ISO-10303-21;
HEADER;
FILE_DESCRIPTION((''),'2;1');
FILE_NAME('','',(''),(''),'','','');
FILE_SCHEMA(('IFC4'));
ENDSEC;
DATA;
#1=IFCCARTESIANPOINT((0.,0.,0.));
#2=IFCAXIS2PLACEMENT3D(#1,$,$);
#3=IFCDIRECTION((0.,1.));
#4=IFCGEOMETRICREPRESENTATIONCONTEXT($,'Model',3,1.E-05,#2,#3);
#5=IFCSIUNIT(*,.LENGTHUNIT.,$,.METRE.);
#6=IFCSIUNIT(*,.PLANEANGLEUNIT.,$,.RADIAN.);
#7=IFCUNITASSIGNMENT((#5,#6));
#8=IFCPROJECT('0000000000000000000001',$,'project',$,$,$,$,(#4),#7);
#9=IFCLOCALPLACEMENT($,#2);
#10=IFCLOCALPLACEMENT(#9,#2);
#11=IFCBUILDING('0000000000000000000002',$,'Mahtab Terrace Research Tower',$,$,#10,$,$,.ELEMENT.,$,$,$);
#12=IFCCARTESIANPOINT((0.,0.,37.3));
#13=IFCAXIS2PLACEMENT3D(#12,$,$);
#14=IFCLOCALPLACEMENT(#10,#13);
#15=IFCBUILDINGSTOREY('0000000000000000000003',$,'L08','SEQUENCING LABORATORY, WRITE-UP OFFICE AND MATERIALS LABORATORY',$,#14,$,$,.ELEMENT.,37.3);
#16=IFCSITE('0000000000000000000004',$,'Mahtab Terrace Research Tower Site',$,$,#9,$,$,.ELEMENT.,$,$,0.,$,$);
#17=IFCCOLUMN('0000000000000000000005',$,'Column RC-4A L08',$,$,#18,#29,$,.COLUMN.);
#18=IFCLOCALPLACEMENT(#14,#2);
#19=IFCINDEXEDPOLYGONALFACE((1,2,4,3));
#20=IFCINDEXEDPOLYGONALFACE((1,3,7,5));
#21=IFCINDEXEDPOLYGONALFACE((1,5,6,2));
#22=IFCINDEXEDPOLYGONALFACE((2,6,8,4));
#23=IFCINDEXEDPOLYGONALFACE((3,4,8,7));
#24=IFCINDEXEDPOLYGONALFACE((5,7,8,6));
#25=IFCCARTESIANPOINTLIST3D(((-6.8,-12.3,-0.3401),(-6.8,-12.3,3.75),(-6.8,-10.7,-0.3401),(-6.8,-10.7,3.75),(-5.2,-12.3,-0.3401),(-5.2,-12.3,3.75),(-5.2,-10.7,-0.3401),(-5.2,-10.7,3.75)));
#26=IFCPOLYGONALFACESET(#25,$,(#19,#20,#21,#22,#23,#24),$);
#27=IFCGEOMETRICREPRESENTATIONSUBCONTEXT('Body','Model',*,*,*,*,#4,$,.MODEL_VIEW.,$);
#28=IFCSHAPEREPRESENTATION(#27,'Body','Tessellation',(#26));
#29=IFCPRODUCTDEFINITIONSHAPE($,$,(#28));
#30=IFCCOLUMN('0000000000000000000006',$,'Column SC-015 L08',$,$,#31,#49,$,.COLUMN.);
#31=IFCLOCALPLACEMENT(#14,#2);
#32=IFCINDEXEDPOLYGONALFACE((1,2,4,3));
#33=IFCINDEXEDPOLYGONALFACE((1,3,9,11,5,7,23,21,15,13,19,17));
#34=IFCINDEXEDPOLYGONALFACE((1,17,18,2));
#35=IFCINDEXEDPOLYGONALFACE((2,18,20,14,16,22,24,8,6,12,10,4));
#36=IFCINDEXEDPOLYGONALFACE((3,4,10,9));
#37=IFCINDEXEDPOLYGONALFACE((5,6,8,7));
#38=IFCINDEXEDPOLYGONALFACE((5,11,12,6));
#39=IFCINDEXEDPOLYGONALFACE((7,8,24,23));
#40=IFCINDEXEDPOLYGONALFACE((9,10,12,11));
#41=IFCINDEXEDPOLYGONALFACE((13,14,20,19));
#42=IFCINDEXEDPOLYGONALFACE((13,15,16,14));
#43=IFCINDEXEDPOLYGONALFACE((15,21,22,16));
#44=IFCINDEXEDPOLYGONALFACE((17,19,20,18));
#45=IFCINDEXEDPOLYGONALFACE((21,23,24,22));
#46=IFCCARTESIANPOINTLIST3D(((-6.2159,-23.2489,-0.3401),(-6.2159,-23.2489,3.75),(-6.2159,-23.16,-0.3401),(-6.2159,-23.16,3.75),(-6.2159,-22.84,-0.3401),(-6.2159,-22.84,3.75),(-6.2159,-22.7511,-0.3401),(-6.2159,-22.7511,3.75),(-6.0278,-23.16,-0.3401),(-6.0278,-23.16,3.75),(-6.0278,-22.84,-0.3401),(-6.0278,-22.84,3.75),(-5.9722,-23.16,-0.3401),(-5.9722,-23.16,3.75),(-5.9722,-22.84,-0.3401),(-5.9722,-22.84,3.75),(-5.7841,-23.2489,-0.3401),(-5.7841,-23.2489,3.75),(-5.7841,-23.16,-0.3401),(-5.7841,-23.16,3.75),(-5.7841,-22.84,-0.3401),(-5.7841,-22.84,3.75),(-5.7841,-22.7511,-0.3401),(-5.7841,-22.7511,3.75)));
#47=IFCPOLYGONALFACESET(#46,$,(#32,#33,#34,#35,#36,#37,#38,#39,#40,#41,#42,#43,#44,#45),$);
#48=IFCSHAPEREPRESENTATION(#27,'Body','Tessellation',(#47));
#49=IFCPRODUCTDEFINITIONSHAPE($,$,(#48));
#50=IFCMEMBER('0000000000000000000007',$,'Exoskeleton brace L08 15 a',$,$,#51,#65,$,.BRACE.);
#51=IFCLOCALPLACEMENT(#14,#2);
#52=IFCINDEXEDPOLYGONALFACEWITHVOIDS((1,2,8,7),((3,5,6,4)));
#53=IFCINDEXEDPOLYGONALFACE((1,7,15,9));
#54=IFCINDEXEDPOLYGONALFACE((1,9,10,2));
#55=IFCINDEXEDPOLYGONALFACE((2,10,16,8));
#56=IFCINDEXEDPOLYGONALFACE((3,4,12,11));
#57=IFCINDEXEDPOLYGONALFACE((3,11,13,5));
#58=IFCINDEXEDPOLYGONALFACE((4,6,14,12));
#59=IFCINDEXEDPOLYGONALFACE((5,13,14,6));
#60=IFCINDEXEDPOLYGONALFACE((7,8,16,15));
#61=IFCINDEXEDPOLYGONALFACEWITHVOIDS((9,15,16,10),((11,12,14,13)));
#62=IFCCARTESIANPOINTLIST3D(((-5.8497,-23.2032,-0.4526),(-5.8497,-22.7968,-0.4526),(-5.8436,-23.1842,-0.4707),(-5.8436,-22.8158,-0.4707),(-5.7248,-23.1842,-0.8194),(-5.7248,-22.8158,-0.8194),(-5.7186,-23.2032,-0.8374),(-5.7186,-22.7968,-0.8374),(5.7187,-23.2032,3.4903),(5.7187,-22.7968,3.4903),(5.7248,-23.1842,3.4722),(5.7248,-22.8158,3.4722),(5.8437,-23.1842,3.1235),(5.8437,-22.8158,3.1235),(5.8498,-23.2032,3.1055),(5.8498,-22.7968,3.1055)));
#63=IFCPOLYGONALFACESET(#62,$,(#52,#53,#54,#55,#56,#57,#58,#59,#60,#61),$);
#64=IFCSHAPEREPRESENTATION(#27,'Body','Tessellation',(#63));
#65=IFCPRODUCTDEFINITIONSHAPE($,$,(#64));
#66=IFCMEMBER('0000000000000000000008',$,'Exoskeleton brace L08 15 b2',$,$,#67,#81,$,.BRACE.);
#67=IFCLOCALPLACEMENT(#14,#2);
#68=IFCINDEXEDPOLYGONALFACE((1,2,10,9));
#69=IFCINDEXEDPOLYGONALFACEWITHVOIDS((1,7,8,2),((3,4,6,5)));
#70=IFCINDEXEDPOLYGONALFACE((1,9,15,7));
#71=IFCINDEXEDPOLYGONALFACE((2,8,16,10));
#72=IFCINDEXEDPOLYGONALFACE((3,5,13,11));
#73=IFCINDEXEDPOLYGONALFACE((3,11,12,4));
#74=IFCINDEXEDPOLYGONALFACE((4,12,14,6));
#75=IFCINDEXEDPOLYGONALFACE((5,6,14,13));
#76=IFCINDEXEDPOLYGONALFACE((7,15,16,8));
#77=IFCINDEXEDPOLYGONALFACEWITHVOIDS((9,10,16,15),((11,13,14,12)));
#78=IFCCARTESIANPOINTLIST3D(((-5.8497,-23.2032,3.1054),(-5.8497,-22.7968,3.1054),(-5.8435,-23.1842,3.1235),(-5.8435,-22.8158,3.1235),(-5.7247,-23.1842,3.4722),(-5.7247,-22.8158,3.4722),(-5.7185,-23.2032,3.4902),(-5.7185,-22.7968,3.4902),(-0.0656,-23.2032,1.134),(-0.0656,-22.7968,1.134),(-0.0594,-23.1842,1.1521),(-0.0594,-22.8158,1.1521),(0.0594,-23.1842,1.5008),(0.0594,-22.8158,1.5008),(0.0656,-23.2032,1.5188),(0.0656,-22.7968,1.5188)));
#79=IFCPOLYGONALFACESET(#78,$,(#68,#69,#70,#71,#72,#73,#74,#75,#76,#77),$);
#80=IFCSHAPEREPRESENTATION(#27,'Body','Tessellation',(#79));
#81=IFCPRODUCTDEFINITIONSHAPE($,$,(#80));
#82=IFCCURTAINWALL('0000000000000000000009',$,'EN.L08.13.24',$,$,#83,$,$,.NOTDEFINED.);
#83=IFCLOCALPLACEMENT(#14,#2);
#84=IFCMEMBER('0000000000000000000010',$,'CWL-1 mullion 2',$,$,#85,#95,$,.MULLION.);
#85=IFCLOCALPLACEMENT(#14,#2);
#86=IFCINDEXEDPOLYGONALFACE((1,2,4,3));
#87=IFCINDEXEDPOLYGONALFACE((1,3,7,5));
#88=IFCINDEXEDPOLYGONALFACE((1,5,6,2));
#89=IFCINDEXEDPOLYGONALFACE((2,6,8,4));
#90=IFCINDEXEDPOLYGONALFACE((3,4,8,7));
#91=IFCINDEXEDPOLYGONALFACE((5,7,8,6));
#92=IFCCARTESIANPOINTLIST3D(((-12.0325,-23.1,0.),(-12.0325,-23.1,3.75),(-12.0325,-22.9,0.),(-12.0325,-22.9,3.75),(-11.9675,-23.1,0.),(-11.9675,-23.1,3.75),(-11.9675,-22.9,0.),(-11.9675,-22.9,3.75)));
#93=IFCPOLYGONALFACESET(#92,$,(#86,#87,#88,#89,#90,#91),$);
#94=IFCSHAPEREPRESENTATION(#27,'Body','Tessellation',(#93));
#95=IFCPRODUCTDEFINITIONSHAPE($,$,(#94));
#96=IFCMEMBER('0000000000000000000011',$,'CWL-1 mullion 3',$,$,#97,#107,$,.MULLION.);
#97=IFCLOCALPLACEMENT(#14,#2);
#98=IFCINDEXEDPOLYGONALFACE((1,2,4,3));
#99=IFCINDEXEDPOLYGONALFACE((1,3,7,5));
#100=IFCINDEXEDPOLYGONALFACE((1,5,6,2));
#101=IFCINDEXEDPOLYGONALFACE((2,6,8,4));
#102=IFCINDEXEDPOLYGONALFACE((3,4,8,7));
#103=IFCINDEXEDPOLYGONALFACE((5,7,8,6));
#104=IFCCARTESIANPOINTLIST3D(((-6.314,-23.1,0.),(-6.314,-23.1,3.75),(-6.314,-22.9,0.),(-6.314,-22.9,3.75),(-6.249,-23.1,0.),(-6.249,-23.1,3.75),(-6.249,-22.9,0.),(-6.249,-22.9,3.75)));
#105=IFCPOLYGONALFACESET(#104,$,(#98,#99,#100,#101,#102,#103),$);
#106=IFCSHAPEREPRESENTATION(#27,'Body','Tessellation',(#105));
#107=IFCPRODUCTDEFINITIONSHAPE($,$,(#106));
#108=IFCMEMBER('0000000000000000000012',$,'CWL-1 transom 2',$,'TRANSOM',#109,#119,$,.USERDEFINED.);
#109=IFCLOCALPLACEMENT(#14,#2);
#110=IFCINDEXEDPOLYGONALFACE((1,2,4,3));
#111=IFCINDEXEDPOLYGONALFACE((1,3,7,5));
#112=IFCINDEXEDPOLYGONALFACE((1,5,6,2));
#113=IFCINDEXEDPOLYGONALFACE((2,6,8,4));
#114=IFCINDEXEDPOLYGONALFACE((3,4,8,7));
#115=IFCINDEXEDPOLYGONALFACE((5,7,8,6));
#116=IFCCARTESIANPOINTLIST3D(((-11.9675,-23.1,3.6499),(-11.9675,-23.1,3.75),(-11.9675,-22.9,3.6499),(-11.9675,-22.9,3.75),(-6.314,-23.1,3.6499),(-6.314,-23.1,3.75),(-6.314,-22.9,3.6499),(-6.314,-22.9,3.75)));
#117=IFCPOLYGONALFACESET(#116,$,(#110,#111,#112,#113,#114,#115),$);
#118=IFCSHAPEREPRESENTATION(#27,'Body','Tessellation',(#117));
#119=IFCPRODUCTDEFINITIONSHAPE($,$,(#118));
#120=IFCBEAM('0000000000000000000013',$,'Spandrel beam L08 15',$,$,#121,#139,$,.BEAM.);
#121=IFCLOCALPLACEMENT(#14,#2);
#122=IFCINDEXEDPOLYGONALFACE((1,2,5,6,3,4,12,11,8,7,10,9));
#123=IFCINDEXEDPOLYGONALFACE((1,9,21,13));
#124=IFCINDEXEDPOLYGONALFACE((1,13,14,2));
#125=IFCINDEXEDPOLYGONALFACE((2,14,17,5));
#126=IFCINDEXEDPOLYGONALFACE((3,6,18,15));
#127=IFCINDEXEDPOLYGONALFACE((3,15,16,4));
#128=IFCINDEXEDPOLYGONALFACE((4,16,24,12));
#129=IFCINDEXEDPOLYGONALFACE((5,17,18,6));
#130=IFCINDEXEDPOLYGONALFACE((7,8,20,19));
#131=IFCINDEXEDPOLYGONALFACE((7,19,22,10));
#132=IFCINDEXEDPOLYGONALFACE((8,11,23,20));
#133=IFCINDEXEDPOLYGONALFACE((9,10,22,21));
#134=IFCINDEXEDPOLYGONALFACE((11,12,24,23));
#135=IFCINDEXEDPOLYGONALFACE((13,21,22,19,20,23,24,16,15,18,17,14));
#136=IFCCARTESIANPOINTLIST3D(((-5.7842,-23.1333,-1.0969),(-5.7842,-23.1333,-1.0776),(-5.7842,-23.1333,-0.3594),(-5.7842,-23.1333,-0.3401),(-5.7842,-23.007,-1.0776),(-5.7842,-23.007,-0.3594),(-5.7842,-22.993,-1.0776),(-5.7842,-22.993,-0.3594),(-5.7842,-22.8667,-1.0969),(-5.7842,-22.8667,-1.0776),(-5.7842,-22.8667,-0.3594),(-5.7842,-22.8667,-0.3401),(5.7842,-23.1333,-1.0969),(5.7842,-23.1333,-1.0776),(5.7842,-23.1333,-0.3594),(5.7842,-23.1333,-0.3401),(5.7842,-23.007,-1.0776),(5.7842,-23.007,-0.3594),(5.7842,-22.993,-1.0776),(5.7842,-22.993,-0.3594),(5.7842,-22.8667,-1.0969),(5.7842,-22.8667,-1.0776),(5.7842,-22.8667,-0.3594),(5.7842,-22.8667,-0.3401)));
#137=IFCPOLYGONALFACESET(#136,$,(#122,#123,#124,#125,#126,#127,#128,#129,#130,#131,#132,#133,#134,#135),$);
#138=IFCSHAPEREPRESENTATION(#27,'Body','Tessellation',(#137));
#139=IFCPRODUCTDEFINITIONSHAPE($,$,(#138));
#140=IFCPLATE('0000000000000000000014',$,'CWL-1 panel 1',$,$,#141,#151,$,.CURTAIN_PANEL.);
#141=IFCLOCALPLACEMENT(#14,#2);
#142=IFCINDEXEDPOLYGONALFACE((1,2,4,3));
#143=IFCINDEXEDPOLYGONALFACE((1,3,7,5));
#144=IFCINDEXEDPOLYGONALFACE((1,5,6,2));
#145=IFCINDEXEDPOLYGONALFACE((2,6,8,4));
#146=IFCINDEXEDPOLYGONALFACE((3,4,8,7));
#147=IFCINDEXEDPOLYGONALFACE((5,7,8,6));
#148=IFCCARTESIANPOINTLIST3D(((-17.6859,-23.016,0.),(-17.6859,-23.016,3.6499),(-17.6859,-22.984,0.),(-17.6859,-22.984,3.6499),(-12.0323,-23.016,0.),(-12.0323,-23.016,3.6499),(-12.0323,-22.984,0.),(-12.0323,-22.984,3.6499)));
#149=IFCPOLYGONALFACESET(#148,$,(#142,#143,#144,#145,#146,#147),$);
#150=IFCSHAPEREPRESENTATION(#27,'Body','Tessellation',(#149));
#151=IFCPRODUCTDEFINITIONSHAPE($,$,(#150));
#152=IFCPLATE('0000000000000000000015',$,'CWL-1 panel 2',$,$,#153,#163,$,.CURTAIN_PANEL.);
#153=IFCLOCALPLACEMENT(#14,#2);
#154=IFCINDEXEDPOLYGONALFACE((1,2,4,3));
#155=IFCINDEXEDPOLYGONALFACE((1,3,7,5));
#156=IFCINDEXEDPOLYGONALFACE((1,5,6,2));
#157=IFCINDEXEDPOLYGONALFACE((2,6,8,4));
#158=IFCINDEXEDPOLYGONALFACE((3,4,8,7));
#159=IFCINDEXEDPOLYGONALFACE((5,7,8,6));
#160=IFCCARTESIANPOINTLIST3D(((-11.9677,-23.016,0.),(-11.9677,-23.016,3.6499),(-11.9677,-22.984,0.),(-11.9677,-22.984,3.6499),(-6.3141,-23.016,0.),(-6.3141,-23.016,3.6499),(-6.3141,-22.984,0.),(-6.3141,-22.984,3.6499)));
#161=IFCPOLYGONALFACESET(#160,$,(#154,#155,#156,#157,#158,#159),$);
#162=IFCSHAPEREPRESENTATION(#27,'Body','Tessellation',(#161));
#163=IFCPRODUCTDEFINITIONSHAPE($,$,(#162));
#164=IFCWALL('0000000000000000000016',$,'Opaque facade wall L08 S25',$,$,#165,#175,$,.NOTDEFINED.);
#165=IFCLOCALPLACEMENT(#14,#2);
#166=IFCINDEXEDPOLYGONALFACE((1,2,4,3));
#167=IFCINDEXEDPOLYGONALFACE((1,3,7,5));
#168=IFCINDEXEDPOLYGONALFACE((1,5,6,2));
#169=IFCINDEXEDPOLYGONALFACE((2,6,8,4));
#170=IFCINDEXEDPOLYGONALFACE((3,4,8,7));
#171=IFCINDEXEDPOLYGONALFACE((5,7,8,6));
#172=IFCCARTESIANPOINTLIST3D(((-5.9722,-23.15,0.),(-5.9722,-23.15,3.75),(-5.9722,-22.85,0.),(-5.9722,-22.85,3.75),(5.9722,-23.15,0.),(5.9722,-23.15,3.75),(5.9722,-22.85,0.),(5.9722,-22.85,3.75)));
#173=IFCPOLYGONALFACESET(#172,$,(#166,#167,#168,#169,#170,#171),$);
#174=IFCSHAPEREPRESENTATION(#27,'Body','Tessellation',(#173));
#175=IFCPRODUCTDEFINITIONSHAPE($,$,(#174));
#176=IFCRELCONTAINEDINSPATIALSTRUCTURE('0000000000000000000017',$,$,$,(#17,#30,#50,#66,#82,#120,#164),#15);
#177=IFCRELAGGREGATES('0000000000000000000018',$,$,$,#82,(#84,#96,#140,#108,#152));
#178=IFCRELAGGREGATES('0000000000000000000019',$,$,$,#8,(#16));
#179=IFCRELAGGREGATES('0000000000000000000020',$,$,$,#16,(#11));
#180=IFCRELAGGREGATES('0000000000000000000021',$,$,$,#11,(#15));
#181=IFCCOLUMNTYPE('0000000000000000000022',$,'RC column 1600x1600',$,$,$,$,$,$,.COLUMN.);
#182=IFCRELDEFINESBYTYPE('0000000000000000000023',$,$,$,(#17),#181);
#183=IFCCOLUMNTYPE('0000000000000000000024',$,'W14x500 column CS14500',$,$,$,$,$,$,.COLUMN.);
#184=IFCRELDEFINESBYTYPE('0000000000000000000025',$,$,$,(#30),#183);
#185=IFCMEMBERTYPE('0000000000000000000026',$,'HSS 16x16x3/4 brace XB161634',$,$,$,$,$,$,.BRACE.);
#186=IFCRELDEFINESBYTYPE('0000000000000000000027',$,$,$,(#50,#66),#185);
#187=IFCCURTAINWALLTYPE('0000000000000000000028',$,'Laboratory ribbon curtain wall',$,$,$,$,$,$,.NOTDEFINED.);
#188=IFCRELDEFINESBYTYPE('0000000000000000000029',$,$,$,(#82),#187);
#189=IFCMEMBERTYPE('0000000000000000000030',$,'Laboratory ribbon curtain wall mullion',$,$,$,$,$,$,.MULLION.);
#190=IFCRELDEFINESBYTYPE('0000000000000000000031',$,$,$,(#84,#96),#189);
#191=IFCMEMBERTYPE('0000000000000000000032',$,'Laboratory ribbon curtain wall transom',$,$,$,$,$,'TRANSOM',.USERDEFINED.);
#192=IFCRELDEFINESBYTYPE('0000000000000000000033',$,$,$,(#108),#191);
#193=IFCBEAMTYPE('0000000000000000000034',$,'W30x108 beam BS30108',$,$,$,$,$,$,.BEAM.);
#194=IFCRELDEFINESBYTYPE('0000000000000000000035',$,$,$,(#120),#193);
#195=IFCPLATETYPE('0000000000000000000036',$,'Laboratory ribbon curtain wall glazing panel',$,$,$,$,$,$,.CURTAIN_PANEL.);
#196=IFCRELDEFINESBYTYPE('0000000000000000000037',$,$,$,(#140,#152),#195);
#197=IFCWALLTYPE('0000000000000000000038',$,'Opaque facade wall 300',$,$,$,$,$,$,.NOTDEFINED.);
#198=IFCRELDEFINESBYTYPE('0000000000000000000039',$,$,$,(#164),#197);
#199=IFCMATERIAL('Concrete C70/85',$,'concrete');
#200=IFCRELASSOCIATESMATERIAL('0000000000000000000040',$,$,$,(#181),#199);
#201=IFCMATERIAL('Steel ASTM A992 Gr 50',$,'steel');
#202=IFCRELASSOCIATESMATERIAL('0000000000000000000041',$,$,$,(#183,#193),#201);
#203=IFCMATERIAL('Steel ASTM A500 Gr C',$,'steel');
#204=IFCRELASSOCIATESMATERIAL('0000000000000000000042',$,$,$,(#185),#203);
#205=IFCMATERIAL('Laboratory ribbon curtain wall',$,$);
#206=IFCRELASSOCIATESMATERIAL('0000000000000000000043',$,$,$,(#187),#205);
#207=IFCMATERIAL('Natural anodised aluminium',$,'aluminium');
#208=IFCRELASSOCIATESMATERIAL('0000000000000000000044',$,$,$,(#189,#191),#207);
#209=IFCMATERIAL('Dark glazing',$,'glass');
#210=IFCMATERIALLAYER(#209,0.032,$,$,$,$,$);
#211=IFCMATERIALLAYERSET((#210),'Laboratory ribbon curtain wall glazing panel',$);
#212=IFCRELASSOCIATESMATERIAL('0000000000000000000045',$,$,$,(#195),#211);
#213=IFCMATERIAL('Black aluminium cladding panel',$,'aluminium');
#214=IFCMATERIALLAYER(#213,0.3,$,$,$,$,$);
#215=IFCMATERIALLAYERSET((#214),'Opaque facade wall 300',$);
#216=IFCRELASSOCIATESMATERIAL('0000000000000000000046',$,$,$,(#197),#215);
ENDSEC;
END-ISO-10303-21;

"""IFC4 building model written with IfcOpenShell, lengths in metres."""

from ifc_helpers import new_model, si_unit, direction, frame, frame_2d, origin, origin_2d, place, context, subcontext, project, spatial, rectangle, hollow_rectangle, i_section, extrude, material, layer, layer_set, material_profile, profile_set, type_object, element, aggregate, save


model = new_model("IFC4")

# Units and contexts
model_context = context("Model", 3, precision=1e-05, world=origin(), true_north=direction((0.0, 1.0)))
body_context = subcontext(model_context, "Body", "Model", "MODEL_VIEW")
ifc_project = project(units=[si_unit("LENGTHUNIT", "METRE"), si_unit("PLANEANGLEUNIT", "RADIAN")], contexts=[model_context])

# Site, building, storey
site_placement = place(None, origin())
site = spatial("IfcSite", under=ifc_project, at=site_placement, Name="Mahtab Terrace Research Tower Site", CompositionType="ELEMENT", RefElevation=0.0)
building_placement = place(site_placement, origin())
building = spatial("IfcBuilding", under=site, at=building_placement, Name="Mahtab Terrace Research Tower", CompositionType="ELEMENT")
storey_placement = place(building_placement, frame((0.0, 0.0, 37.3)))
storey = spatial("IfcBuildingStorey", under=building, at=storey_placement, Name="L08", Description="SEQUENCING LABORATORY, WRITE-UP OFFICE AND MATERIALS LABORATORY", CompositionType="ELEMENT", Elevation=37.3)

# Columns
ifc_material_1 = material(Name="Concrete C70/85", Category="concrete")
ifc_material_profile_1 = material_profile(ifc_material_1, rectangle(XDim=1.6001, YDim=1.6001, at=origin_2d()), Name="RC column 1600x1600")
ifc_profile_set_1 = profile_set([ifc_material_profile_1], Name="Concrete C70/85")
column_type_1 = type_object("IfcColumnType", Name="RC column 1600x1600", PredefinedType="COLUMN", material=ifc_profile_set_1)
column_1_placement = place(storey_placement, frame((-6.0, -11.5, -0.3401), z_axis=(0.0, 0.0, 1.0), x_axis=(1.0, 0.0, 0.0)))
element("IfcColumn", 1, at=column_1_placement, inside=storey, type_object=column_type_1, Name="Column RC-4A L08", PredefinedType="COLUMN", context=body_context, shape_type="SweptSolid", body=[
    extrude(rectangle(XDim=1.6001, YDim=1.6001, at=origin_2d()), origin(), (0.0, 0.0, 1.0), 4.0901),
])
ifc_material_2 = material(Name="Steel ASTM A992 Gr 50", Category="steel")
ifc_material_profile_2 = material_profile(ifc_material_2, i_section(OverallWidth=0.4319, OverallDepth=0.4978, WebThickness=0.0557, FlangeThickness=0.0889, at=origin_2d()), Name="W14X500")
ifc_profile_set_2 = profile_set([ifc_material_profile_2], Name="Steel ASTM A992 Gr 50")
column_type_2 = type_object("IfcColumnType", Name="W14x500 column CS14500", PredefinedType="COLUMN", material=ifc_profile_set_2)
column_2_placement = place(storey_placement, frame((-6.0, -23.0, -0.3401), z_axis=(0.0, 0.0, 1.0), x_axis=(1.0, 0.0, 0.0)))
element("IfcColumn", 2, at=column_2_placement, inside=storey, type_object=column_type_2, Name="Column SC-015 L08", PredefinedType="COLUMN", context=body_context, shape_type="SweptSolid", body=[
    extrude(i_section(OverallWidth=0.4319, OverallDepth=0.4978, WebThickness=0.0557, FlangeThickness=0.0889, at=origin_2d()), origin(), (0.0, 0.0, 1.0), 4.0901),
])

# Members
ifc_material_3 = material(Name="Steel ASTM A500 Gr C", Category="steel")
ifc_material_profile_3 = material_profile(ifc_material_3, hollow_rectangle(XDim=0.4065, YDim=0.4065, WallThickness=0.019, at=origin_2d()), Name="HSS16X16X3/4")
ifc_profile_set_3 = profile_set([ifc_material_profile_3], Name="Steel ASTM A500 Gr C")
member_type_1 = type_object("IfcMemberType", Name="HSS 16x16x3/4 brace XB161634", PredefinedType="BRACE", material=ifc_profile_set_3)
member_1_placement = place(storey_placement, frame((-5.7842, -23.0, -0.645), z_axis=(0.946532, 0.0, 0.322609), x_axis=(0.0, 1.0, 0.0)))
element("IfcMember", 3, at=member_1_placement, inside=storey, type_object=member_type_1, Name="Exoskeleton brace L08 15 a", PredefinedType="BRACE", context=body_context, shape_type="SweptSolid", body=[
    extrude(hollow_rectangle(XDim=0.4065, YDim=0.4065, WallThickness=0.019, at=origin_2d()), origin(), (0.0, 0.0, 1.0), 12.2219),
])
member_2_placement = place(storey_placement, frame((0.0, -23.0, 1.3264), z_axis=(-0.946532, 0.0, 0.322609), x_axis=(0.0, -1.0, 0.0)))
element("IfcMember", 4, at=member_2_placement, inside=storey, type_object=member_type_1, Name="Exoskeleton brace L08 15 b2", PredefinedType="BRACE", context=body_context, shape_type="SweptSolid", body=[
    extrude(hollow_rectangle(XDim=0.4065, YDim=0.4065, WallThickness=0.019, at=origin_2d()), origin(), (0.0, 0.0, 1.0), 6.1108),
])

# Curtain wall, members
ifc_material_4 = material(Name="Laboratory ribbon curtain wall")
curtain_wall_type = type_object("IfcCurtainWallType", Name="Laboratory ribbon curtain wall", PredefinedType="NOTDEFINED", material=ifc_material_4)
curtain_wall_placement = place(storey_placement, origin())
curtain_wall = element("IfcCurtainWall", 5, at=curtain_wall_placement, inside=storey, type_object=curtain_wall_type, Name="EN.L08.13.24", PredefinedType="NOTDEFINED")
ifc_material_5 = material(Name="Natural anodised aluminium", Category="aluminium")
ifc_material_profile_4 = material_profile(ifc_material_5, rectangle(XDim=0.2, YDim=0.0649, at=origin_2d()), Name="MULLION 65x200")
ifc_profile_set_4 = profile_set([ifc_material_profile_4], Name="Natural anodised aluminium")
member_type_2 = type_object("IfcMemberType", Name="Laboratory ribbon curtain wall mullion", PredefinedType="MULLION", material=ifc_profile_set_4)
member_3_placement = place(storey_placement, frame((-12.0, -23.0, 0.0), z_axis=(0.0, 0.0, 1.0), x_axis=(0.0, 1.0, 0.0)))
member_3 = element("IfcMember", 6, at=member_3_placement, type_object=member_type_2, Name="CWL-1 mullion 2", PredefinedType="MULLION", context=body_context, shape_type="SweptSolid", body=[
    extrude(rectangle(XDim=0.2, YDim=0.0649, at=origin_2d()), origin(), (0.0, 0.0, 1.0), 3.75),
])
member_4_placement = place(storey_placement, frame((-6.2815, -23.0, 0.0), z_axis=(0.0, 0.0, 1.0), x_axis=(0.0, 1.0, 0.0)))
member_4 = element("IfcMember", 7, at=member_4_placement, type_object=member_type_2, Name="CWL-1 mullion 3", PredefinedType="MULLION", context=body_context, shape_type="SweptSolid", body=[
    extrude(rectangle(XDim=0.2, YDim=0.0649, at=origin_2d()), origin(), (0.0, 0.0, 1.0), 3.75),
])
ifc_material_profile_5 = material_profile(ifc_material_5, rectangle(XDim=0.2, YDim=0.1001, at=origin_2d()), Name="TRANSOM 100x200")
ifc_profile_set_5 = profile_set([ifc_material_profile_5], Name="Natural anodised aluminium")
member_type_3 = type_object("IfcMemberType", Name="Laboratory ribbon curtain wall transom", ElementType="TRANSOM", PredefinedType="USERDEFINED", material=ifc_profile_set_5)
member_5_placement = place(storey_placement, frame((-11.9675, -23.0, 3.7), z_axis=(1.0, 0.0, 0.0), x_axis=(0.0, 1.0, 0.0)))
member_5 = element("IfcMember", 8, at=member_5_placement, type_object=member_type_3, Name="CWL-1 transom 2", ObjectType="TRANSOM", PredefinedType="USERDEFINED", context=body_context, shape_type="SweptSolid", body=[
    extrude(rectangle(XDim=0.2, YDim=0.1001, at=origin_2d()), origin(), (0.0, 0.0, 1.0), 5.6536),
])

# Beam
ifc_material_profile_6 = material_profile(ifc_material_2, i_section(OverallWidth=0.2666, OverallDepth=0.7568, WebThickness=0.0139, FlangeThickness=0.0193, at=origin_2d()), Name="W30X108")
ifc_profile_set_6 = profile_set([ifc_material_profile_6], Name="Steel ASTM A992 Gr 50")
beam_type = type_object("IfcBeamType", Name="W30x108 beam BS30108", PredefinedType="BEAM", material=ifc_profile_set_6)
beam_placement = place(storey_placement, frame((-5.7842, -23.0, -0.7185), z_axis=(1.0, 0.0, 0.0), x_axis=(0.0, 1.0, 0.0)))
element("IfcBeam", 9, at=beam_placement, inside=storey, type_object=beam_type, Name="Spandrel beam L08 15", PredefinedType="BEAM", context=body_context, shape_type="SweptSolid", body=[
    extrude(i_section(OverallWidth=0.2666, OverallDepth=0.7568, WebThickness=0.0139, FlangeThickness=0.0193, at=origin_2d()), origin(), (0.0, 0.0, 1.0), 11.5684),
])

# Plates
ifc_material_6 = material(Name="Dark glazing", Category="glass")
ifc_layer_1 = layer(ifc_material_6, 0.032)
ifc_layer_set_1 = layer_set([ifc_layer_1], Name="Laboratory ribbon curtain wall glazing panel")
plate_type = type_object("IfcPlateType", Name="Laboratory ribbon curtain wall glazing panel", PredefinedType="CURTAIN_PANEL", material=ifc_layer_set_1)
plate_1_placement = place(storey_placement, frame((-14.8591, -23.0, 0.0), z_axis=(0.0, 0.0, 1.0), x_axis=(1.0, 0.0, 0.0)))
plate_1 = element("IfcPlate", 10, at=plate_1_placement, type_object=plate_type, Name="CWL-1 panel 1", PredefinedType="CURTAIN_PANEL", context=body_context, shape_type="SweptSolid", body=[
    extrude(rectangle(XDim=5.6536, YDim=0.032, at=origin_2d()), origin(), (0.0, 0.0, 1.0), 3.6499),
])
plate_2_placement = place(storey_placement, frame((-9.1409, -23.0, 0.0), z_axis=(0.0, 0.0, 1.0), x_axis=(1.0, 0.0, 0.0)))
plate_2 = element("IfcPlate", 11, at=plate_2_placement, type_object=plate_type, Name="CWL-1 panel 2", PredefinedType="CURTAIN_PANEL", context=body_context, shape_type="SweptSolid", body=[
    extrude(rectangle(XDim=5.6536, YDim=0.032, at=origin_2d()), origin(), (0.0, 0.0, 1.0), 3.6499),
])
aggregate(curtain_wall, [member_3, member_4, plate_1, member_5, plate_2])

# Wall
ifc_material_7 = material(Name="Black aluminium cladding panel", Category="aluminium")
ifc_layer_2 = layer(ifc_material_7, 0.3)
ifc_layer_set_2 = layer_set([ifc_layer_2], Name="Opaque facade wall 300")
wall_type_1 = type_object("IfcWallType", Name="Opaque facade wall 300", PredefinedType="NOTDEFINED", material=ifc_layer_set_2)
wall_1_placement = place(storey_placement, frame((-5.9722, -23.0, 0.0), z_axis=(0.0, 0.0, 1.0), x_axis=(1.0, 0.0, 0.0)))
element("IfcWall", 12, at=wall_1_placement, inside=storey, type_object=wall_type_1, Name="Opaque facade wall L08 S25", PredefinedType="NOTDEFINED", context=body_context, shape_type="SweptSolid", body=[
    extrude(rectangle(XDim=11.9443, YDim=0.3, at=frame_2d((5.9722, 0.0))), origin(), (0.0, 0.0, 1.0), 3.75),
])

save(model, "model.ifc")
